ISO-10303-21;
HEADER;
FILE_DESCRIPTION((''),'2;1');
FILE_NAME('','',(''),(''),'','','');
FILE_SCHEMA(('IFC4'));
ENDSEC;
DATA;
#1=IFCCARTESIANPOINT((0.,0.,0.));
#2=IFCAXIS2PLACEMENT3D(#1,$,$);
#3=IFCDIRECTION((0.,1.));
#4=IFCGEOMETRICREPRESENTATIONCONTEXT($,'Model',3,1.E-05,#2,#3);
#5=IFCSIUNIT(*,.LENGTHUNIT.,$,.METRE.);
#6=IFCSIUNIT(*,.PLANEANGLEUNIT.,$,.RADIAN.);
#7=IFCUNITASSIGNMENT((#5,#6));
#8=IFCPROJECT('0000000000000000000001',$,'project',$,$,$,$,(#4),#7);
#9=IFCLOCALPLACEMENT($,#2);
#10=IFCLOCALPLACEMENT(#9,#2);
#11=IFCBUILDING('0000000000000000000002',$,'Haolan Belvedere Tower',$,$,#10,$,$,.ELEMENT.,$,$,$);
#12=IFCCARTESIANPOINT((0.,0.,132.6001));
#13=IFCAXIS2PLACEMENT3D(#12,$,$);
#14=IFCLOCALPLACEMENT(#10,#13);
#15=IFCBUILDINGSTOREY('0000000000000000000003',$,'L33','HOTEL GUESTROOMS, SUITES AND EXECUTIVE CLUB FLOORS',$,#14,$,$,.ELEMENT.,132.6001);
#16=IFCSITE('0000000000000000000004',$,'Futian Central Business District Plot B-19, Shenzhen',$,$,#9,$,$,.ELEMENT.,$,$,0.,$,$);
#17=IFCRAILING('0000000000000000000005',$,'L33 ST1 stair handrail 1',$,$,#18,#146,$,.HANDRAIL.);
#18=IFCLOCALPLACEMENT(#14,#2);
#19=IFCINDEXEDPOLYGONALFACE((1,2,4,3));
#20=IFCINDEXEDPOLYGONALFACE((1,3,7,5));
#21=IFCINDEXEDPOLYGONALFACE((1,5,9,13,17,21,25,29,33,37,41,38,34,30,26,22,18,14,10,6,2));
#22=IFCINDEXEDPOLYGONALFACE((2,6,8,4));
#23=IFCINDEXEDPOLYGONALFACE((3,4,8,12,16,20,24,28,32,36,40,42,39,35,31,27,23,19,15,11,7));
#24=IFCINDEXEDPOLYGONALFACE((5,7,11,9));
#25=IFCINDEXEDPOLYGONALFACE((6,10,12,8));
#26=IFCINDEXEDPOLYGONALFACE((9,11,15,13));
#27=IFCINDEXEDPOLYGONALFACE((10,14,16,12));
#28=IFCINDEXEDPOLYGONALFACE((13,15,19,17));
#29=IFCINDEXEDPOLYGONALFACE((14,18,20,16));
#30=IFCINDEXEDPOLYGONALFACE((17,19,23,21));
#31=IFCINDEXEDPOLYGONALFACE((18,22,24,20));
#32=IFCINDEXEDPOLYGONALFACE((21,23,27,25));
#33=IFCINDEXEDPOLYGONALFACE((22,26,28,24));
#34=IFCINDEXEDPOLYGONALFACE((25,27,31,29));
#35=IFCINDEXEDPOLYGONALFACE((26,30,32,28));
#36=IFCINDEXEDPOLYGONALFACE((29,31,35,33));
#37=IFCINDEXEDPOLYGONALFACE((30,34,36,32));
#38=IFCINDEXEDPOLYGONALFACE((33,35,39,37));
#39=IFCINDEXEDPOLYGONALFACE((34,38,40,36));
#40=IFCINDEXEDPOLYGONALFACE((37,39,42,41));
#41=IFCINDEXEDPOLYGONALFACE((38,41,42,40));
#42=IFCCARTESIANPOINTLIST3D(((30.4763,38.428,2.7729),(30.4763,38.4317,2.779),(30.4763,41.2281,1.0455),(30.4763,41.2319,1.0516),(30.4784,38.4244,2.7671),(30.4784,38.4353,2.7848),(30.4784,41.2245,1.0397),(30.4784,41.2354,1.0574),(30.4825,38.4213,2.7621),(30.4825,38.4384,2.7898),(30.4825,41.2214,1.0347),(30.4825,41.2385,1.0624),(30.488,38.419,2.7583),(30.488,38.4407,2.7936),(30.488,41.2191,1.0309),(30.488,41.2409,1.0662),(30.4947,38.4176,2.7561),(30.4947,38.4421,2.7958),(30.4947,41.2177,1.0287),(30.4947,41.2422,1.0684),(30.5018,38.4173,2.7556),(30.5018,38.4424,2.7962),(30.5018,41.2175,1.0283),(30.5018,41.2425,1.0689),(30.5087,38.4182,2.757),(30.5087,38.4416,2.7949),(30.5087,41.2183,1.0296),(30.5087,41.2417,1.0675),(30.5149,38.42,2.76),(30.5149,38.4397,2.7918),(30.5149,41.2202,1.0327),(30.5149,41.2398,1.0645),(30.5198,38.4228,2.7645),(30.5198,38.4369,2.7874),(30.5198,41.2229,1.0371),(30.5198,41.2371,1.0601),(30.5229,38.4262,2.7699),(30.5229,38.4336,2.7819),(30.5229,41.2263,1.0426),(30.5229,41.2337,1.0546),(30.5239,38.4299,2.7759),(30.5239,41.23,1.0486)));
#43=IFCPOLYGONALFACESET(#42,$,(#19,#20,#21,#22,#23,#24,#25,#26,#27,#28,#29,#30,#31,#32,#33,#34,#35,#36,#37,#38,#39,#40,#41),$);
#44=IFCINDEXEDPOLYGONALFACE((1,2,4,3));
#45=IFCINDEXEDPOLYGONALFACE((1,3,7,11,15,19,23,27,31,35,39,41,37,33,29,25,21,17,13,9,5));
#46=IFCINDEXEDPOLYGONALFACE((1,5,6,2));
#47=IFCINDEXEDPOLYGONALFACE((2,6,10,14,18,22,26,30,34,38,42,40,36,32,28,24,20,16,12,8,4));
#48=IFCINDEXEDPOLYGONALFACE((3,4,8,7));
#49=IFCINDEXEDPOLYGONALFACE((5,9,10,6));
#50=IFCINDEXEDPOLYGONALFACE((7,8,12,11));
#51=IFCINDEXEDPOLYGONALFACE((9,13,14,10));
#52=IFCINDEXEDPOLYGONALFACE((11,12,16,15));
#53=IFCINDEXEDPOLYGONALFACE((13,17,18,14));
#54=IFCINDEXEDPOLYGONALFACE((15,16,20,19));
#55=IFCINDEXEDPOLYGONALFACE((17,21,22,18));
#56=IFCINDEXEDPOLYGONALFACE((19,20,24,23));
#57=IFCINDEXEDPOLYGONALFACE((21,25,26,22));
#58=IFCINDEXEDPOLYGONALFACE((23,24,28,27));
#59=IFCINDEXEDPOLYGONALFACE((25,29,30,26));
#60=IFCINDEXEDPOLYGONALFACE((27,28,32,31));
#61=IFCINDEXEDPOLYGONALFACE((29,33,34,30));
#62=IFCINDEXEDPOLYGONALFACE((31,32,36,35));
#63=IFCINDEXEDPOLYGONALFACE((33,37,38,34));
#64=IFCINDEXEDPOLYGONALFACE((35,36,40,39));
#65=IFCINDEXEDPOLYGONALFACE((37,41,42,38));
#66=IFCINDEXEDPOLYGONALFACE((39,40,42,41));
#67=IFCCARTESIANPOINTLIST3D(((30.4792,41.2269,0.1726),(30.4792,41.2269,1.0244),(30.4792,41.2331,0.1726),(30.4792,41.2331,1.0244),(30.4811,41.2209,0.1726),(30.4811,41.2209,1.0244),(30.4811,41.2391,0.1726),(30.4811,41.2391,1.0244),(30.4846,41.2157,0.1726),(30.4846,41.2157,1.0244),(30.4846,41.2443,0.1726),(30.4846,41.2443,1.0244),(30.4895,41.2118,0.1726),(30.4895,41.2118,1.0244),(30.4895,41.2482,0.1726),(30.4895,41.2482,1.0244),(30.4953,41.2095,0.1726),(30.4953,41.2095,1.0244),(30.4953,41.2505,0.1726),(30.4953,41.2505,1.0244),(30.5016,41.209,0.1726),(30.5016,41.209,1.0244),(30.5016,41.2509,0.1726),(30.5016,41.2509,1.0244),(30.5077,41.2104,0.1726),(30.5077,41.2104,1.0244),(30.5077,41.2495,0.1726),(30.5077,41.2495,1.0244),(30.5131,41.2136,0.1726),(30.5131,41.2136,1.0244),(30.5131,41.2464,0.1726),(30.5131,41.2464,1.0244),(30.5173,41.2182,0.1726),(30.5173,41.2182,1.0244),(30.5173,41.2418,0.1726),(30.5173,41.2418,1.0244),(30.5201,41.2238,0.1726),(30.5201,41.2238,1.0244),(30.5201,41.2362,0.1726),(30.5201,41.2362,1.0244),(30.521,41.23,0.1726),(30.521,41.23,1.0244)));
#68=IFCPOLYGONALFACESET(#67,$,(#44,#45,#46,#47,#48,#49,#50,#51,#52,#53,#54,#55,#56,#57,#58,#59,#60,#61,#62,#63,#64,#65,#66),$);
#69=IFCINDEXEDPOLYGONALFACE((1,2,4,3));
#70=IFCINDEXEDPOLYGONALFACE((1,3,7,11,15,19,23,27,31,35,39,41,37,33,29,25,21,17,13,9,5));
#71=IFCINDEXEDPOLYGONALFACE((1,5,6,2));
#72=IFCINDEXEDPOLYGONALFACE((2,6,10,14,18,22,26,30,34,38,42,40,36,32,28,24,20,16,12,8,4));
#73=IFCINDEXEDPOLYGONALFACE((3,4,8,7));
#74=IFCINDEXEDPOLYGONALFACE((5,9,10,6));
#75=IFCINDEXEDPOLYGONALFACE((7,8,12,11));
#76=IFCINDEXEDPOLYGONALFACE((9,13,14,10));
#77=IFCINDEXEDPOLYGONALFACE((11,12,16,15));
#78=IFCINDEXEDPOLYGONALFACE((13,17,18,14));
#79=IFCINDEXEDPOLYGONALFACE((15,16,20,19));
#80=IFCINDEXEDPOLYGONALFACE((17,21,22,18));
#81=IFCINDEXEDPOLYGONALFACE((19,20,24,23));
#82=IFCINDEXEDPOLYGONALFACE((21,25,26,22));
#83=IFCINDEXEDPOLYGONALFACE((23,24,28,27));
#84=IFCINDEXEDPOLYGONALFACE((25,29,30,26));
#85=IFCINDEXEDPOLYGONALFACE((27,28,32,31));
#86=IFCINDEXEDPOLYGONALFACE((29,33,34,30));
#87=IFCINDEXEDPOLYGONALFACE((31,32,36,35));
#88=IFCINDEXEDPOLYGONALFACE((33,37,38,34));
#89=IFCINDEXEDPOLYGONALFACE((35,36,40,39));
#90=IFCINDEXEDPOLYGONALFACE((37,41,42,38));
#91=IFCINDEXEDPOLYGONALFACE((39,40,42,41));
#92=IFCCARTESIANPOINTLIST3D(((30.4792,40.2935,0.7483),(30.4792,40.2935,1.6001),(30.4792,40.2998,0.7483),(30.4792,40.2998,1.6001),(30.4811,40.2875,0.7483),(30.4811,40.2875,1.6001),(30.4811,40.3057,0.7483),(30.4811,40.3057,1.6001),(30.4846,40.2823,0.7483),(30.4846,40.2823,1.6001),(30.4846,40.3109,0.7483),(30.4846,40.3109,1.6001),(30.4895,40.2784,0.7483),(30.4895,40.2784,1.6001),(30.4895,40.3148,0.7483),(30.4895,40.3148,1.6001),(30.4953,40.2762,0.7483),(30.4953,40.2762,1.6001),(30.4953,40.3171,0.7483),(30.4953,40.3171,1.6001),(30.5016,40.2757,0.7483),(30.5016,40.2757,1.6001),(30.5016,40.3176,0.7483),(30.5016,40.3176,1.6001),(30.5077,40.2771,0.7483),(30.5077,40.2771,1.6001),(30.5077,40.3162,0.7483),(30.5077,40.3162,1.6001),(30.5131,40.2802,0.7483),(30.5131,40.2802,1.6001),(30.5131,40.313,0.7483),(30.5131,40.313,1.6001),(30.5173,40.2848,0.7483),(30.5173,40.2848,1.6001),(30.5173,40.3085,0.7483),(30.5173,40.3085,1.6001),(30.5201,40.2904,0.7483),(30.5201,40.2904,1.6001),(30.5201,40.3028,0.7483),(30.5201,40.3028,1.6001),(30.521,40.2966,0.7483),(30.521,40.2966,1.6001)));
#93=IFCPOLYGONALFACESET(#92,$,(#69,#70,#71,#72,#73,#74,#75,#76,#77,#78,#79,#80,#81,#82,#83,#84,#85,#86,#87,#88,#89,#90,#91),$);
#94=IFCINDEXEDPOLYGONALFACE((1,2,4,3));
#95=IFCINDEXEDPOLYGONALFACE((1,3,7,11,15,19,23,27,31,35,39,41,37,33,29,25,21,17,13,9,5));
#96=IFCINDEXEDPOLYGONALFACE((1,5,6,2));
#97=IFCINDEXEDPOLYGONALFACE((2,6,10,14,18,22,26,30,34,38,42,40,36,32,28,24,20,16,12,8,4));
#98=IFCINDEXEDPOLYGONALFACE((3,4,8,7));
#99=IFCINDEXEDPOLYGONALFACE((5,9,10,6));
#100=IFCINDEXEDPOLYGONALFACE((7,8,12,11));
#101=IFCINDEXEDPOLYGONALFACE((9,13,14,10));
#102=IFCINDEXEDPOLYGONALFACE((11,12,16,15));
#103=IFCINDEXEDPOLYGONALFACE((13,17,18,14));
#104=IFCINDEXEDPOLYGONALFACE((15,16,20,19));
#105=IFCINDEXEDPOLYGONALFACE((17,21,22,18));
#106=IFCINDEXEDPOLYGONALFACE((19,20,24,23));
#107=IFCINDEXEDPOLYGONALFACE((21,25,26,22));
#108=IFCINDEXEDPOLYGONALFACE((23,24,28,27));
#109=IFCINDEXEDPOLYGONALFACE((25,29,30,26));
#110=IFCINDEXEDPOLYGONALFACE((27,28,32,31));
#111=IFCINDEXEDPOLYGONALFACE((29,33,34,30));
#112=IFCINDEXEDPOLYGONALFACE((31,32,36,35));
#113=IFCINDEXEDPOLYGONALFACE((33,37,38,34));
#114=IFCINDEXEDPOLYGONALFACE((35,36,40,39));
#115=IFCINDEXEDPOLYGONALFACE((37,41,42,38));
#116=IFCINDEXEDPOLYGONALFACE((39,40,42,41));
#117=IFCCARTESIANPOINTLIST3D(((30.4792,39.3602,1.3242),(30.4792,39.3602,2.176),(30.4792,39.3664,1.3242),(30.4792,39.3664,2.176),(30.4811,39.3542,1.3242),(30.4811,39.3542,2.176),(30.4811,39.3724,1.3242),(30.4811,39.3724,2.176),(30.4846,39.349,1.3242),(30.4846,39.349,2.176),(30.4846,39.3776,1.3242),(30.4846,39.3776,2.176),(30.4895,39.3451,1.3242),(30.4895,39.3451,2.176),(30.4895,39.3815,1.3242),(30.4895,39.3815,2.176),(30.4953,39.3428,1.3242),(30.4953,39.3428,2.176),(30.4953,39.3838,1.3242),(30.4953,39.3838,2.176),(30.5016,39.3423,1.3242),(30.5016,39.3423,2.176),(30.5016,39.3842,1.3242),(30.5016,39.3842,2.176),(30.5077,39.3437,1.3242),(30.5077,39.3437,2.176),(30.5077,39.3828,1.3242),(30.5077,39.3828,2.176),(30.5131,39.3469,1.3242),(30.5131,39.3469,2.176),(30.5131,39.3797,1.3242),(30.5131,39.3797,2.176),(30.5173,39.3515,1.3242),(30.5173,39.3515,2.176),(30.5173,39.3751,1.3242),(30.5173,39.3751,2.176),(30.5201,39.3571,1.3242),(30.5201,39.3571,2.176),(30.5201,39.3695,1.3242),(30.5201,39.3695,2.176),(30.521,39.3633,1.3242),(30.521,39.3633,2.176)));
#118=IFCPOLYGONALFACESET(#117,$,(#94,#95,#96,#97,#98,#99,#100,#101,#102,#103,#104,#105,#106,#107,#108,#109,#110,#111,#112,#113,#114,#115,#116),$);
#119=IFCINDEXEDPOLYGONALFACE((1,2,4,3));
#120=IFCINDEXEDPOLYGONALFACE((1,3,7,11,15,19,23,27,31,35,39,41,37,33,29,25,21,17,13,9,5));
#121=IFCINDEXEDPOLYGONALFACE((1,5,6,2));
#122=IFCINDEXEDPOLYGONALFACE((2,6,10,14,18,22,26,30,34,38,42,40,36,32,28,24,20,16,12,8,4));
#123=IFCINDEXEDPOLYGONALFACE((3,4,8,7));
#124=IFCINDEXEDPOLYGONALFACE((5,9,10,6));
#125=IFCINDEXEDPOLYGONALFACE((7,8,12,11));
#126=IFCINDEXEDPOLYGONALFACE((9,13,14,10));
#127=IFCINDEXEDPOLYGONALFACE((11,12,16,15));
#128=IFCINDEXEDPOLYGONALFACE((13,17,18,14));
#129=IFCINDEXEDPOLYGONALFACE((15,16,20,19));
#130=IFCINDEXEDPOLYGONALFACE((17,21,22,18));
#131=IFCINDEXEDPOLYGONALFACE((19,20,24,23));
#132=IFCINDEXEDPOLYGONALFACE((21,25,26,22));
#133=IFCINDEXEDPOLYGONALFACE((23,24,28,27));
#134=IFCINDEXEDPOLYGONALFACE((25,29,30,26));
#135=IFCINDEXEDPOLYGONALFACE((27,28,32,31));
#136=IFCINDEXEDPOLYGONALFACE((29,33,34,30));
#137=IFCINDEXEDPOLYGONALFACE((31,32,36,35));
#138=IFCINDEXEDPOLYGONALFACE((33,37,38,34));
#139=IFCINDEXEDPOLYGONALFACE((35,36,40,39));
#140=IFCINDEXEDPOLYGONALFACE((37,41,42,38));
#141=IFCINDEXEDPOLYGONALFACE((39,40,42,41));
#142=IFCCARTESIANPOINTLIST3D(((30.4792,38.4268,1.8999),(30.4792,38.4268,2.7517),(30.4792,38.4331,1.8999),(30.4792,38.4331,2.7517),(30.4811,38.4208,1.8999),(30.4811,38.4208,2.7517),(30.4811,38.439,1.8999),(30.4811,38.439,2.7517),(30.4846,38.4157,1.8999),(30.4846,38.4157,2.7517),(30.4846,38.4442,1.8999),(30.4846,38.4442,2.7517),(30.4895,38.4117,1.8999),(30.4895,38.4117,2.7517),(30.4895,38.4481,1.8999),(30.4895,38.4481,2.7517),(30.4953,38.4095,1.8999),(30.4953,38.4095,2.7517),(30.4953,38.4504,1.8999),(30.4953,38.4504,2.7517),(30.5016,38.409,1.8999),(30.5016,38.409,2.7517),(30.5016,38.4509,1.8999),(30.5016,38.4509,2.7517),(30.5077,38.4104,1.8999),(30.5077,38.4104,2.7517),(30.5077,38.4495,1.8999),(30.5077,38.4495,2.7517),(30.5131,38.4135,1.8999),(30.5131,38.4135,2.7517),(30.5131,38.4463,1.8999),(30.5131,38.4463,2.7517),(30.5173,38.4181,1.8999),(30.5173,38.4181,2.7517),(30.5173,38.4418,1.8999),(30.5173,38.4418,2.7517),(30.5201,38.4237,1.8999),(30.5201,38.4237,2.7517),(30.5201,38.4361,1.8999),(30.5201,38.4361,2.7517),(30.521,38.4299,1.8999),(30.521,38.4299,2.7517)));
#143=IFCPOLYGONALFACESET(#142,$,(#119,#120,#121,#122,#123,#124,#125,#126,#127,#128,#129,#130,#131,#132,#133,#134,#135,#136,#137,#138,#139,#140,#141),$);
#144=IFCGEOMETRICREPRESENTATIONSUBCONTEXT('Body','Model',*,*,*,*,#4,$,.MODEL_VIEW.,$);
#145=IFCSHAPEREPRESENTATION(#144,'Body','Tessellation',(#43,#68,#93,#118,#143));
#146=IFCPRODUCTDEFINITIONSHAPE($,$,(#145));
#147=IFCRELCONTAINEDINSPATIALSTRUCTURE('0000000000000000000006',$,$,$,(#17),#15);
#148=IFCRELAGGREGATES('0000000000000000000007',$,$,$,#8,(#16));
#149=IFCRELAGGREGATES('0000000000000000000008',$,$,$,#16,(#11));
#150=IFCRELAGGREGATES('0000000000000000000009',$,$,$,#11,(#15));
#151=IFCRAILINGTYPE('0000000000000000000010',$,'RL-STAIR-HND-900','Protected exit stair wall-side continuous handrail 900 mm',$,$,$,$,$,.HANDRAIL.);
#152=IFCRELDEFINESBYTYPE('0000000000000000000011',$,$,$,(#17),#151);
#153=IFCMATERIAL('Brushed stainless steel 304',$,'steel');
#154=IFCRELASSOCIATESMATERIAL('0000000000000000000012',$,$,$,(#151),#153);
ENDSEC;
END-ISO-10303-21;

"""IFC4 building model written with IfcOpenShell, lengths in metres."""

from ifc_helpers import new_model, si_unit, direction, frame, origin, origin_2d, place, context, subcontext, project, spatial, circle, extrude, material, type_object, element, save


model = new_model("IFC4")

# Units and contexts
model_context = context("Model", 3, precision=1e-05, world=origin(), true_north=direction((0.0, 1.0)))
body_context = subcontext(model_context, "Body", "Model", "MODEL_VIEW")
ifc_project = project(units=[si_unit("LENGTHUNIT", "METRE"), si_unit("PLANEANGLEUNIT", "RADIAN")], contexts=[model_context])

# Site, building, storey
site_placement = place(None, origin())
site = spatial("IfcSite", under=ifc_project, at=site_placement, Name="Futian Central Business District Plot B-19, Shenzhen", CompositionType="ELEMENT", RefElevation=0.0)
building_placement = place(site_placement, origin())
building = spatial("IfcBuilding", under=site, at=building_placement, Name="Haolan Belvedere Tower", CompositionType="ELEMENT")
storey_placement = place(building_placement, frame((0.0, 0.0, 132.6001)))
storey = spatial("IfcBuildingStorey", under=building, at=storey_placement, Name="L33", Description="HOTEL GUESTROOMS, SUITES AND EXECUTIVE CLUB FLOORS", CompositionType="ELEMENT", Elevation=132.6001)

# Railing
ifc_material_1 = material(Name="Brushed stainless steel 304", Category="steel")
railing_type_1 = type_object("IfcRailingType", Name="RL-STAIR-HND-900", Description="Protected exit stair wall-side continuous handrail 900 mm", PredefinedType="HANDRAIL", material=ifc_material_1)
railing_1_placement = place(storey_placement, frame((30.5, 41.23, 0.1726)))
element("IfcRailing", 1, at=railing_1_placement, inside=storey, type_object=railing_type_1, Name="L33 ST1 stair handrail 1", PredefinedType="HANDRAIL", context=body_context, shape_type="SweptSolid", body=[
    extrude(circle(Radius=0.0239, at=origin_2d()), frame((0.0, 0.0, 0.876), z_axis=(0.0, -0.85109, 0.52502), x_axis=(1.0, 0.0, 0.0)), (0.0, 0.0, 1.0), 3.29),
    extrude(circle(Radius=0.021, at=origin_2d()), origin(), (0.0, 0.0, 1.0), 0.8518),
    extrude(circle(Radius=0.021, at=origin_2d()), frame((0.0, -0.9333, 0.5757)), (0.0, 0.0, 1.0), 0.8518),
    extrude(circle(Radius=0.021, at=origin_2d()), frame((0.0, -1.8667, 1.1516)), (0.0, 0.0, 1.0), 0.8518),
    extrude(circle(Radius=0.021, at=origin_2d()), frame((0.0, -2.8, 1.7273)), (0.0, 0.0, 1.0), 0.8518),
])

save(model, "model.ifc")
